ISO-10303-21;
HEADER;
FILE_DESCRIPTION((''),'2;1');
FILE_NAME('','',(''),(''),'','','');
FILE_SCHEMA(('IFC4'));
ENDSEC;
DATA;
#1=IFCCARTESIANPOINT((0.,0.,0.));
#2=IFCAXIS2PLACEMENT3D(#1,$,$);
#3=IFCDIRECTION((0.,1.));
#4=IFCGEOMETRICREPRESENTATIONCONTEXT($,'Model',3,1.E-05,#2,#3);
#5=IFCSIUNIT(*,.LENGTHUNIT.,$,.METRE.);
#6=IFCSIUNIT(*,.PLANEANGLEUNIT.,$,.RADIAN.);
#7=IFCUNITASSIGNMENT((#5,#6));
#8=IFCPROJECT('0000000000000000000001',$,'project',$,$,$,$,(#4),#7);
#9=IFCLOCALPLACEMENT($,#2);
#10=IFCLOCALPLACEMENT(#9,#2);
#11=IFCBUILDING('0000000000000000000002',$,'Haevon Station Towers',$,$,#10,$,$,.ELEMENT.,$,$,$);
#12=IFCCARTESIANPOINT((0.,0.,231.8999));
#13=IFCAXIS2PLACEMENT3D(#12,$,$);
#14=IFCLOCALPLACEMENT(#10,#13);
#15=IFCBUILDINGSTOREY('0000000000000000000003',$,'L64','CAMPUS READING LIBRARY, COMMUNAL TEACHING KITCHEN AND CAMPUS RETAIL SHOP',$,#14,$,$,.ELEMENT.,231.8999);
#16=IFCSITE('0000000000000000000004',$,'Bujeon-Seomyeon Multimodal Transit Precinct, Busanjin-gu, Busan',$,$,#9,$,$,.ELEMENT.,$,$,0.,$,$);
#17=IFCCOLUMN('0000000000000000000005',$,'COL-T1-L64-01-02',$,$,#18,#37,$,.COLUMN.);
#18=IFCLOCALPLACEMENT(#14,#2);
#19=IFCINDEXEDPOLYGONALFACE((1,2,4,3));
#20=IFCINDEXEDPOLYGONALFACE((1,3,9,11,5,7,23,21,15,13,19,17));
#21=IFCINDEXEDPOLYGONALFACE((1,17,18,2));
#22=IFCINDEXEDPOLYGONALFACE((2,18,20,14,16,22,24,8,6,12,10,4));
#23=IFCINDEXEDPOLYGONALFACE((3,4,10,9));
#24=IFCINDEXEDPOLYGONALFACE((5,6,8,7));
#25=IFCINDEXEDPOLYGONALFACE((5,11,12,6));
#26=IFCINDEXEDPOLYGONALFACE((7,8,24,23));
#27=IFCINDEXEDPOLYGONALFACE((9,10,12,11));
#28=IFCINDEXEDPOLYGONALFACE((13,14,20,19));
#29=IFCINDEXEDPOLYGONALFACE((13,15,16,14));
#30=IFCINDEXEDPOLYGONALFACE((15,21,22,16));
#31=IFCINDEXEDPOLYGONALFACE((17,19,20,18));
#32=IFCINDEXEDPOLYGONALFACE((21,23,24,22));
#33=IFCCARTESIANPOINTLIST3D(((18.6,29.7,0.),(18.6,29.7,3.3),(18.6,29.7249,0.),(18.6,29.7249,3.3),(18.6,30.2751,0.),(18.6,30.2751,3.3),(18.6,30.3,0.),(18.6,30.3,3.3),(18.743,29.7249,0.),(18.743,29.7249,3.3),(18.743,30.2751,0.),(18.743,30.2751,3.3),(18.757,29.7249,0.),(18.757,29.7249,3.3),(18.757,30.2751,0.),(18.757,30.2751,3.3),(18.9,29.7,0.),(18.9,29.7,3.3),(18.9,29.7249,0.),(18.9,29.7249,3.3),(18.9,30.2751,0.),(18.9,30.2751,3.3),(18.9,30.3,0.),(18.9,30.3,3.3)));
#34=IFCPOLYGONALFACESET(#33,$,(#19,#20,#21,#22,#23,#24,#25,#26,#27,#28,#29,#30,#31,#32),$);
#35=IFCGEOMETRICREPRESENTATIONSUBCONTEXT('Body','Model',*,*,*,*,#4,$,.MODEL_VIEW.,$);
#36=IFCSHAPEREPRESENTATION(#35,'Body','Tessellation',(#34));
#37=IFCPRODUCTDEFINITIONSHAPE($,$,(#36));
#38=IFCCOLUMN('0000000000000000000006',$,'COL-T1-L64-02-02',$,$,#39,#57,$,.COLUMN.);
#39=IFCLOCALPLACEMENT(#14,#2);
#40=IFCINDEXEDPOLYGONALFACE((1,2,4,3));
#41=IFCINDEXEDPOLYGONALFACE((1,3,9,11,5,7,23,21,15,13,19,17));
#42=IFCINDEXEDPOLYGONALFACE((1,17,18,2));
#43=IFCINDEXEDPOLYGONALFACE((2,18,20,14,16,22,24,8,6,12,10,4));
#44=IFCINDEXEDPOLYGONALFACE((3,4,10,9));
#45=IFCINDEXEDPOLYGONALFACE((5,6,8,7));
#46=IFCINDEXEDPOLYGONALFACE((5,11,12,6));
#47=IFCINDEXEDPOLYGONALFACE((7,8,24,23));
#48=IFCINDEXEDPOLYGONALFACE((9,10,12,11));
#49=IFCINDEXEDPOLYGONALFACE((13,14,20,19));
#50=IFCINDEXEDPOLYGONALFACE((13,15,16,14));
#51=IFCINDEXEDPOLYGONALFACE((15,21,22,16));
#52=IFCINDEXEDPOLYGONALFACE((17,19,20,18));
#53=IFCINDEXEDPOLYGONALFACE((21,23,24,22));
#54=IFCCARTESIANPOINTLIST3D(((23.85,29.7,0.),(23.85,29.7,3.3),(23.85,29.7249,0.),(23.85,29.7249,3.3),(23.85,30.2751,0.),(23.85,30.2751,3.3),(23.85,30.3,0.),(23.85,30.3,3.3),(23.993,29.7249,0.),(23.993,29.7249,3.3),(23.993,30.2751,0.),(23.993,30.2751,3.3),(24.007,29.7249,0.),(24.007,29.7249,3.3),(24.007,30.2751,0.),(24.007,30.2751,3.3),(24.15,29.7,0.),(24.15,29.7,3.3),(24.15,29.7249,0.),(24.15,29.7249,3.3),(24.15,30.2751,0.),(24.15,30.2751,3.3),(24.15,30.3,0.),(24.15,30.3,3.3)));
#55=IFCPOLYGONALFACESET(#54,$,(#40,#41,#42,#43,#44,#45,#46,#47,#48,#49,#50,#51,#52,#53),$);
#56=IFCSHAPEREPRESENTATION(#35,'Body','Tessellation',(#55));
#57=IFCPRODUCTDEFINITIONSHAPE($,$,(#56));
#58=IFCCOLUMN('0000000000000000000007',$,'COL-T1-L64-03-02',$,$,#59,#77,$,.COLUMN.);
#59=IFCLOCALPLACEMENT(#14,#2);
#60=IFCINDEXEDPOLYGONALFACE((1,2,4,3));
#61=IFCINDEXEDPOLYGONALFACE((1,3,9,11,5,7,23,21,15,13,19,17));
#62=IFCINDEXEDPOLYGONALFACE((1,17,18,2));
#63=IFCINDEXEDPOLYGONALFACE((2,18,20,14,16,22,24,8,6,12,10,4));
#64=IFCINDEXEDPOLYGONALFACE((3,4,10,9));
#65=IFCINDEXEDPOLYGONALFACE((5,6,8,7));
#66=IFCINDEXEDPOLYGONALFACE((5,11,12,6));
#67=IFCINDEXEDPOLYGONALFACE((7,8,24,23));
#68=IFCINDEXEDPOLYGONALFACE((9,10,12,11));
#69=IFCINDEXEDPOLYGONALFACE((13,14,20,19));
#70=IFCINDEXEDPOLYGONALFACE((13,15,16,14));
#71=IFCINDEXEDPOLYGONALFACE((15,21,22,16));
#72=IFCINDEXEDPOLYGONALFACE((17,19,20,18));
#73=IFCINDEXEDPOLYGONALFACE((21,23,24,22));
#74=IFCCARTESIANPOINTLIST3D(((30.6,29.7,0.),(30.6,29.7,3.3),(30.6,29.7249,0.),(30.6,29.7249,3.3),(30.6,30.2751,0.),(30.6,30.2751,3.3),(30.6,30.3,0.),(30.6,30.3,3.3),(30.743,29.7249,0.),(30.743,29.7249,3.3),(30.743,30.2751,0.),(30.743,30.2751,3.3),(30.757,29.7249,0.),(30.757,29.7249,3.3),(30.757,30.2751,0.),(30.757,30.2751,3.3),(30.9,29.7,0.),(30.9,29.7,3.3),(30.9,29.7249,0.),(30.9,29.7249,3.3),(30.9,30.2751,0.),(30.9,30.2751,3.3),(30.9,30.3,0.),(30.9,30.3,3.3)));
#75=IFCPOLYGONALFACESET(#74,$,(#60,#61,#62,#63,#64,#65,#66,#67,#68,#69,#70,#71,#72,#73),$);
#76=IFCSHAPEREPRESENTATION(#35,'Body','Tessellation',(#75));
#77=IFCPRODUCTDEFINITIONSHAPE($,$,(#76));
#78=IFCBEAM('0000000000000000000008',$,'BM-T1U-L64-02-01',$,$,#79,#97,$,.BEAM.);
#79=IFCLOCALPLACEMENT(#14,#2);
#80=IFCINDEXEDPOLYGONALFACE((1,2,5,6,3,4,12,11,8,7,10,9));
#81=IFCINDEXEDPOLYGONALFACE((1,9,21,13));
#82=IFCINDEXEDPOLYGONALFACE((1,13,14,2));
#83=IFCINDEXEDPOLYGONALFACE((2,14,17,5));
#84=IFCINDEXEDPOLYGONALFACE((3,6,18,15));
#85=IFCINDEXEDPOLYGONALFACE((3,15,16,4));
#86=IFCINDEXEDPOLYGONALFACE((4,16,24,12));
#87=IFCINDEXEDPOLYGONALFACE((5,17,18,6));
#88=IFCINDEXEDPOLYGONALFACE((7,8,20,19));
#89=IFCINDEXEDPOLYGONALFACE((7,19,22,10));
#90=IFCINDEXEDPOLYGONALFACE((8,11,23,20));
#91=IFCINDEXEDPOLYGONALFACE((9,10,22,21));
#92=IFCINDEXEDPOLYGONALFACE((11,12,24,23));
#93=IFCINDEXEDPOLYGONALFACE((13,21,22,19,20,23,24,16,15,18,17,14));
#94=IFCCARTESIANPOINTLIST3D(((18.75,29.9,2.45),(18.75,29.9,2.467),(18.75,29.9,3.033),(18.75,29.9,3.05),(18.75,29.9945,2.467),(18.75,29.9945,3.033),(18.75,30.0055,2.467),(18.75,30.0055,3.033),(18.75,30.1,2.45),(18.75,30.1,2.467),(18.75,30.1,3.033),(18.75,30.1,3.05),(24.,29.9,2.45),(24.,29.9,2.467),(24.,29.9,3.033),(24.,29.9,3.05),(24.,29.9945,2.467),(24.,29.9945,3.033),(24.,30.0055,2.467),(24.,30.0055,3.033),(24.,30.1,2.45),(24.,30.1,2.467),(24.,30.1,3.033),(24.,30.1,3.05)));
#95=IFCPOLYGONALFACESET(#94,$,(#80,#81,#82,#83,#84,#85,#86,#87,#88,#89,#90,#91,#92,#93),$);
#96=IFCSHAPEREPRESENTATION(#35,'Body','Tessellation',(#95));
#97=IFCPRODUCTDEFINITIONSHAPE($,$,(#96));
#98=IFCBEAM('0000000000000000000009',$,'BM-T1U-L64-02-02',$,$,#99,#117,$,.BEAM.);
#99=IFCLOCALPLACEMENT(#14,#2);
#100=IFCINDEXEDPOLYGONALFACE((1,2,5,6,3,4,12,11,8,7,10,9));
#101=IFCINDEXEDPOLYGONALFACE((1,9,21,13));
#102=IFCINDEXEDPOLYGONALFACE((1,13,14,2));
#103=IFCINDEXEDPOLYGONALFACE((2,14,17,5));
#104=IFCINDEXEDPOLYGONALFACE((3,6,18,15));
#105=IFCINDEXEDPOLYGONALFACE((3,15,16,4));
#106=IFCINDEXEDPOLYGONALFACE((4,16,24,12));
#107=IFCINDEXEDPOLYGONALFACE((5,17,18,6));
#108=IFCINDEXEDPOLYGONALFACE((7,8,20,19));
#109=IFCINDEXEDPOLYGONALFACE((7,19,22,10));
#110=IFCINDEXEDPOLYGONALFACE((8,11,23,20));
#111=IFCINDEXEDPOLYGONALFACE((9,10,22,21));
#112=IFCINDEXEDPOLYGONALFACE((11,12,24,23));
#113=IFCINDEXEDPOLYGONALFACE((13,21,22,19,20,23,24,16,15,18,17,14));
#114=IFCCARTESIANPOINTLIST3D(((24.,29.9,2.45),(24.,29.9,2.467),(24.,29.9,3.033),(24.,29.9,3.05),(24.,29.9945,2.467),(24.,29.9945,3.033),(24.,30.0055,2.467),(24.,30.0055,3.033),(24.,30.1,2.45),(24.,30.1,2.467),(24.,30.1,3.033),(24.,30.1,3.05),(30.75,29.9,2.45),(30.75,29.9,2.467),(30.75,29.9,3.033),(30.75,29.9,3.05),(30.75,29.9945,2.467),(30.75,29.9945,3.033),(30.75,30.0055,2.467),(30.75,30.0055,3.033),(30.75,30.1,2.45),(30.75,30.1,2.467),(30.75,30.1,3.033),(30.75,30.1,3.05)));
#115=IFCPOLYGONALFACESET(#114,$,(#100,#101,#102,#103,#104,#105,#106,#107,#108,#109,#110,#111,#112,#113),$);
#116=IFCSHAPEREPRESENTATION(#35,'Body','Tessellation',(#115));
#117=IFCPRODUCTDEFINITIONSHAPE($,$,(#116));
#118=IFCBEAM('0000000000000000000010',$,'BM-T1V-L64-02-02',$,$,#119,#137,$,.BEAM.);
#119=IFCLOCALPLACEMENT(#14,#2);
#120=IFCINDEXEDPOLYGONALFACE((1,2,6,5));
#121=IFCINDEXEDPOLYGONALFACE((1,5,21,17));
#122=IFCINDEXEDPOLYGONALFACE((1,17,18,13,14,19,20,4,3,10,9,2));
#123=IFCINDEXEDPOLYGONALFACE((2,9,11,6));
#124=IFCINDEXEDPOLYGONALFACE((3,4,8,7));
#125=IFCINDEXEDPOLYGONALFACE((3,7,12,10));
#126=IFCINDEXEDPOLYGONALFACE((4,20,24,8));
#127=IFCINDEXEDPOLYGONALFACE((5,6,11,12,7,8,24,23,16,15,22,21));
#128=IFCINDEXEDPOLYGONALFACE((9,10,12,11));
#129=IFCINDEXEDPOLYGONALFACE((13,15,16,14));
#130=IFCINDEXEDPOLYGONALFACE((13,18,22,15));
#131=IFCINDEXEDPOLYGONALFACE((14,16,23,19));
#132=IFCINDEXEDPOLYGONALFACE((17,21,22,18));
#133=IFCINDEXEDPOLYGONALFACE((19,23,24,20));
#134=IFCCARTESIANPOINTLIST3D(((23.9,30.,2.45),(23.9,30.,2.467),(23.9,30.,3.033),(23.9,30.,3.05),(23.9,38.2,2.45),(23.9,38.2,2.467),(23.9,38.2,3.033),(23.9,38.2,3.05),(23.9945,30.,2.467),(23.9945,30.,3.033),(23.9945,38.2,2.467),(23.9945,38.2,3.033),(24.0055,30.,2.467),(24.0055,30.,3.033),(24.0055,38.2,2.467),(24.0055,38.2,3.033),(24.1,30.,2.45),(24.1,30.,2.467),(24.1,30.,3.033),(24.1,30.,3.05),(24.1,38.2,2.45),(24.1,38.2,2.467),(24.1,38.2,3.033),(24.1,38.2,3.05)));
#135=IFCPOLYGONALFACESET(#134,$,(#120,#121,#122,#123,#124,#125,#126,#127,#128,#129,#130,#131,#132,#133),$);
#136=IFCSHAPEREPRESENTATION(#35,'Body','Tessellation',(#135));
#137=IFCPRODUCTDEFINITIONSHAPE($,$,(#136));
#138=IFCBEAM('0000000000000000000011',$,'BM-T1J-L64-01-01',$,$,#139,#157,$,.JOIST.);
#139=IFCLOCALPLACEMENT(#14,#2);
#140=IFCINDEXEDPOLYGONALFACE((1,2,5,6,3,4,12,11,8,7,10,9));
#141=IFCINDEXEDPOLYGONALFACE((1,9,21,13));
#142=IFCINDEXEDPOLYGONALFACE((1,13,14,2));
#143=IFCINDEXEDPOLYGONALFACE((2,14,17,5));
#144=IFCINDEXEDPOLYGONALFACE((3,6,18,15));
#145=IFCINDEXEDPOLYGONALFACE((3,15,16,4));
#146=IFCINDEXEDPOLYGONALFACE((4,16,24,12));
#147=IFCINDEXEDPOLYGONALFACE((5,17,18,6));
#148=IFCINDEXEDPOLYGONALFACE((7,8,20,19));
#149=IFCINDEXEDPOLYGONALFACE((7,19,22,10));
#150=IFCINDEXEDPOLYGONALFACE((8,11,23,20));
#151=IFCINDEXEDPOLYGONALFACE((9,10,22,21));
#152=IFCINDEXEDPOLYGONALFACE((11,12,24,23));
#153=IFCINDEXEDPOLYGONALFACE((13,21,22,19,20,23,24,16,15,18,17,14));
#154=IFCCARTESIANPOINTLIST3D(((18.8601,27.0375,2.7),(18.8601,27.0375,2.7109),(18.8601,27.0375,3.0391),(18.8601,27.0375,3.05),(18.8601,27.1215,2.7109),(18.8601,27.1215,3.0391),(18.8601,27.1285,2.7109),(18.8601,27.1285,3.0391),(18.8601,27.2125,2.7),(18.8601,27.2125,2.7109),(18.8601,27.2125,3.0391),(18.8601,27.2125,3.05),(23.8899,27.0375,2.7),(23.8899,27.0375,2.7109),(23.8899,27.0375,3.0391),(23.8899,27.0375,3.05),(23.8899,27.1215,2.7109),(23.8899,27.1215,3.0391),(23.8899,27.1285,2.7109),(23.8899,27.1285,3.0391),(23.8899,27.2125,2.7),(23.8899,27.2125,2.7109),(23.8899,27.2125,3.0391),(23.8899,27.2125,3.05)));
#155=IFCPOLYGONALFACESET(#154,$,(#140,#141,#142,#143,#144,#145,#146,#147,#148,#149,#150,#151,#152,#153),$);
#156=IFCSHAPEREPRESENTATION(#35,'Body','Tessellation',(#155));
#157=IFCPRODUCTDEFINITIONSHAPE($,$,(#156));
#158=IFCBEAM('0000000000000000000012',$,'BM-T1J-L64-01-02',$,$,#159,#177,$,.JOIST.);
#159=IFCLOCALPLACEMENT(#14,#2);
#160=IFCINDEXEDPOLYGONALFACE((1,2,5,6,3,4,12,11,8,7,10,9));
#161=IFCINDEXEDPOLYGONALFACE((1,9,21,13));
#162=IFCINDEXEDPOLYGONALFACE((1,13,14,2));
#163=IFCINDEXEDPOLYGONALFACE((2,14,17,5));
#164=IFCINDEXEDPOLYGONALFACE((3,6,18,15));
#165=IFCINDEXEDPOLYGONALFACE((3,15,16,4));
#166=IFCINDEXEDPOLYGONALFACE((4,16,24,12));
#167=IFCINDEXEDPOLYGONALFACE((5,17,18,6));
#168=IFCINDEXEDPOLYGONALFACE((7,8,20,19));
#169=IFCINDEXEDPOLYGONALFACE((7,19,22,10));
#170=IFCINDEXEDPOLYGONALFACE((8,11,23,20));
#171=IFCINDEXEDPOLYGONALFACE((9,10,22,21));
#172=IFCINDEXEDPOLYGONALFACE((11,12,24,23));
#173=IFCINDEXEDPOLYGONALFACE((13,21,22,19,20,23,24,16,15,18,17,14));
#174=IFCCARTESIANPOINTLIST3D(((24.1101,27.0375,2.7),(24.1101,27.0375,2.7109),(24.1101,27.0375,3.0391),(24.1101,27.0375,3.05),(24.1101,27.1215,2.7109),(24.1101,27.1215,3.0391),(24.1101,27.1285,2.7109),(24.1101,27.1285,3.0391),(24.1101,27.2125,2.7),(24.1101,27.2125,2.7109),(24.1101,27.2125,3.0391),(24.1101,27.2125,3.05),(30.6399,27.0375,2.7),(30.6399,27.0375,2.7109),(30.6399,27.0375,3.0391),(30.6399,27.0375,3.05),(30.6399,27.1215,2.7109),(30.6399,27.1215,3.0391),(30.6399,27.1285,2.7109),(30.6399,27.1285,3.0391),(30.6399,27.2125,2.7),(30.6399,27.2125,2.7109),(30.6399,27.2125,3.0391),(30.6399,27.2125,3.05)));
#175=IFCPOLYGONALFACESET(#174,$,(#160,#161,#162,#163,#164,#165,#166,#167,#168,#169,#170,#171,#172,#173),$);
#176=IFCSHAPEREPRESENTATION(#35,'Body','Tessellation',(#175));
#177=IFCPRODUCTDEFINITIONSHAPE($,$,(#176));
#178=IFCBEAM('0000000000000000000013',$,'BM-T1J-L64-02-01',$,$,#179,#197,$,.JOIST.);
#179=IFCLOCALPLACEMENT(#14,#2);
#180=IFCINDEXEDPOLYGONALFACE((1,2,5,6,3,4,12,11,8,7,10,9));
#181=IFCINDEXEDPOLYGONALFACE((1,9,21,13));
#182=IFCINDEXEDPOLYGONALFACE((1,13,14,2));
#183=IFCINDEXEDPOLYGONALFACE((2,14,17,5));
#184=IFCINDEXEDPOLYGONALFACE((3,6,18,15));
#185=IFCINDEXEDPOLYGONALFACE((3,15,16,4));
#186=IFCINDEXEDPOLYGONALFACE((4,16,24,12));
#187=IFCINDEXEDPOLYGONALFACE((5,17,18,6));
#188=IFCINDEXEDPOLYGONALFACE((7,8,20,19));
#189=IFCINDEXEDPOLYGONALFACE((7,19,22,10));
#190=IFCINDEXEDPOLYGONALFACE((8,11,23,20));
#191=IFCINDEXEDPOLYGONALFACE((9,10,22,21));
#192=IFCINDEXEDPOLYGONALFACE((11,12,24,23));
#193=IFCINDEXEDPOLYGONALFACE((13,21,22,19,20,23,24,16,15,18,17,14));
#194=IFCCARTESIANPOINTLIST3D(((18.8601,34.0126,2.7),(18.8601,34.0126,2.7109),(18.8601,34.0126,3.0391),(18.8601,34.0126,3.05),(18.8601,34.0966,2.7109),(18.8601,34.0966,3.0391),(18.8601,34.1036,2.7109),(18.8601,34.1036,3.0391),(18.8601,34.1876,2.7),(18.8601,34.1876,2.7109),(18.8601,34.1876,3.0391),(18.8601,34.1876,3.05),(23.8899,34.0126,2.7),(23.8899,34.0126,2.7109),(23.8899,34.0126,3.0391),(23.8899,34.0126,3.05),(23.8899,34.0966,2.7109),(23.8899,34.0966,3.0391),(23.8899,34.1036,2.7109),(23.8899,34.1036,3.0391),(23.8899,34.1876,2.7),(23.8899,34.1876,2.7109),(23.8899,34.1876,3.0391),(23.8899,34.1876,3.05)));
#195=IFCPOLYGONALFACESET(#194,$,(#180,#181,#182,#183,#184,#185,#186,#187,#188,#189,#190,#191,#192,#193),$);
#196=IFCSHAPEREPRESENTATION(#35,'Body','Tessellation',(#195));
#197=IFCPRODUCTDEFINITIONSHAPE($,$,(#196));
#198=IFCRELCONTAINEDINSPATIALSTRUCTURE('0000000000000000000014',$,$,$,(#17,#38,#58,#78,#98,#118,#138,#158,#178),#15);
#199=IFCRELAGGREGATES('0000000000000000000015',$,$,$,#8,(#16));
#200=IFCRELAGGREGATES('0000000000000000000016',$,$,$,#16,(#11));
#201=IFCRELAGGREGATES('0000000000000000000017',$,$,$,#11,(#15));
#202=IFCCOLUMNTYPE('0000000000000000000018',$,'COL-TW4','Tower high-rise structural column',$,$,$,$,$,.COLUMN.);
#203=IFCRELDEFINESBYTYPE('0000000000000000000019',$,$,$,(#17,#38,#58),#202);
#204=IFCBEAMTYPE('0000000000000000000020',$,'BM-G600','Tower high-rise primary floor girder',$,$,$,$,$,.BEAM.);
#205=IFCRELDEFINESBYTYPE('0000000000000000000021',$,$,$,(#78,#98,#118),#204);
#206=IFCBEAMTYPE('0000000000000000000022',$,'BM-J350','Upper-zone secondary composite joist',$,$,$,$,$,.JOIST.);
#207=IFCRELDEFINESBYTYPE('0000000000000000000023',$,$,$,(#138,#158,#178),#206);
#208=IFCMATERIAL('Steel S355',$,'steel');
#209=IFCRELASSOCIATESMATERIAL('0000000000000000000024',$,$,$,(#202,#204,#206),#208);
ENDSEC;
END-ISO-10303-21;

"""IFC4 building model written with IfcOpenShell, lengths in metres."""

from ifc_helpers import new_model, si_unit, direction, frame, origin, origin_2d, place, context, subcontext, project, spatial, i_section, extrude, material, material_profile, profile_set, type_object, element, save


model = new_model("IFC4")

# Units and contexts
model_context = context("Model", 3, precision=1e-05, world=origin(), true_north=direction((0.0, 1.0)))
body_context = subcontext(model_context, "Body", "Model", "MODEL_VIEW")
ifc_project = project(units=[si_unit("LENGTHUNIT", "METRE"), si_unit("PLANEANGLEUNIT", "RADIAN")], contexts=[model_context])

# Site, building, storey
site_placement = place(None, origin())
site = spatial("IfcSite", under=ifc_project, at=site_placement, Name="Bujeon-Seomyeon Multimodal Transit Precinct, Busanjin-gu, Busan", CompositionType="ELEMENT", RefElevation=0.0)
building_placement = place(site_placement, origin())
building = spatial("IfcBuilding", under=site, at=building_placement, Name="Haevon Station Towers", CompositionType="ELEMENT")
storey_placement = place(building_placement, frame((0.0, 0.0, 231.8999)))
storey = spatial("IfcBuildingStorey", under=building, at=storey_placement, Name="L64", Description="CAMPUS READING LIBRARY, COMMUNAL TEACHING KITCHEN AND CAMPUS RETAIL SHOP", CompositionType="ELEMENT", Elevation=231.8999)

# Columns
ifc_material_1 = material(Name="Steel S355", Category="steel")
ifc_material_profile_1 = material_profile(ifc_material_1, i_section(OverallWidth=0.3, OverallDepth=0.6001, WebThickness=0.0139, FlangeThickness=0.0249, at=origin_2d()), Name="H-600x300x14x25")
ifc_profile_set_1 = profile_set([ifc_material_profile_1], Name="Steel S355")
column_type = type_object("IfcColumnType", Name="COL-TW4", Description="Tower high-rise structural column", PredefinedType="COLUMN", material=ifc_profile_set_1)
for number, where, z_axis, x_axis, name in (
    (1, (18.75, 30.0, 0.0), (0.0, 0.0, 1.0), (1.0, 0.0, 0.0), "COL-T1-L64-01-02"),
    (2, (24.0, 30.0, 0.0), (0.0, 0.0, 1.0), (1.0, 0.0, 0.0), "COL-T1-L64-02-02"),
    (3, (30.75, 30.0, 0.0), (0.0, 0.0, 1.0), (1.0, 0.0, 0.0), "COL-T1-L64-03-02"),
):
    element("IfcColumn", number, at=place(storey_placement, frame(where, z_axis=z_axis, x_axis=x_axis)), inside=storey, type_object=column_type, Name=name, PredefinedType="COLUMN", context=body_context, shape_type="SweptSolid", body=[
        extrude(i_section(OverallWidth=0.3, OverallDepth=0.6001, WebThickness=0.0139, FlangeThickness=0.0249, at=origin_2d()), origin(), (0.0, 0.0, 1.0), 3.3),
    ])

# Beams
ifc_material_profile_2 = material_profile(ifc_material_1, i_section(OverallWidth=0.2, OverallDepth=0.6001, WebThickness=0.011, FlangeThickness=0.0171, at=origin_2d()), Name="H-600x200x11x17")
ifc_profile_set_2 = profile_set([ifc_material_profile_2], Name="Steel S355")
beam_type_1 = type_object("IfcBeamType", Name="BM-G600", Description="Tower high-rise primary floor girder", PredefinedType="BEAM", material=ifc_profile_set_2)
beam_1_placement = place(storey_placement, frame((18.75, 30.0, 2.75), z_axis=(1.0, 0.0, 0.0), x_axis=(0.0, 1.0, 0.0)))
element("IfcBeam", 4, at=beam_1_placement, inside=storey, type_object=beam_type_1, Name="BM-T1U-L64-02-01", PredefinedType="BEAM", context=body_context, shape_type="SweptSolid", body=[
    extrude(i_section(OverallWidth=0.2, OverallDepth=0.6001, WebThickness=0.011, FlangeThickness=0.0171, at=origin_2d()), origin(), (0.0, 0.0, 1.0), 5.25),
])
beam_2_placement = place(storey_placement, frame((24.0, 30.0, 2.75), z_axis=(1.0, 0.0, 0.0), x_axis=(0.0, 1.0, 0.0)))
element("IfcBeam", 5, at=beam_2_placement, inside=storey, type_object=beam_type_1, Name="BM-T1U-L64-02-02", PredefinedType="BEAM", context=body_context, shape_type="SweptSolid", body=[
    extrude(i_section(OverallWidth=0.2, OverallDepth=0.6001, WebThickness=0.011, FlangeThickness=0.0171, at=origin_2d()), origin(), (0.0, 0.0, 1.0), 6.75),
])
beam_3_placement = place(storey_placement, frame((24.0, 30.0, 2.75), z_axis=(0.0, 1.0, 0.0), x_axis=(-1.0, 0.0, 0.0)))
element("IfcBeam", 6, at=beam_3_placement, inside=storey, type_object=beam_type_1, Name="BM-T1V-L64-02-02", PredefinedType="BEAM", context=body_context, shape_type="SweptSolid", body=[
    extrude(i_section(OverallWidth=0.2, OverallDepth=0.6001, WebThickness=0.011, FlangeThickness=0.0171, at=origin_2d()), origin(), (0.0, 0.0, 1.0), 8.2),
])
ifc_material_profile_3 = material_profile(ifc_material_1, i_section(OverallWidth=0.175, OverallDepth=0.3501, WebThickness=0.0071, FlangeThickness=0.011, at=origin_2d()), Name="H-350x175x7x11")
ifc_profile_set_3 = profile_set([ifc_material_profile_3], Name="Steel S355")
beam_type_2 = type_object("IfcBeamType", Name="BM-J350", Description="Upper-zone secondary composite joist", PredefinedType="JOIST", material=ifc_profile_set_3)
beam_4_placement = place(storey_placement, frame((18.8601, 27.125, 2.875), z_axis=(1.0, 0.0, 0.0), x_axis=(0.0, 1.0, 0.0)))
element("IfcBeam", 7, at=beam_4_placement, inside=storey, type_object=beam_type_2, Name="BM-T1J-L64-01-01", PredefinedType="JOIST", context=body_context, shape_type="SweptSolid", body=[
    extrude(i_section(OverallWidth=0.175, OverallDepth=0.3501, WebThickness=0.0071, FlangeThickness=0.011, at=origin_2d()), origin(), (0.0, 0.0, 1.0), 5.0298),
])
beam_5_placement = place(storey_placement, frame((24.1101, 27.125, 2.875), z_axis=(1.0, 0.0, 0.0), x_axis=(0.0, 1.0, 0.0)))
element("IfcBeam", 8, at=beam_5_placement, inside=storey, type_object=beam_type_2, Name="BM-T1J-L64-01-02", PredefinedType="JOIST", context=body_context, shape_type="SweptSolid", body=[
    extrude(i_section(OverallWidth=0.175, OverallDepth=0.3501, WebThickness=0.0071, FlangeThickness=0.011, at=origin_2d()), origin(), (0.0, 0.0, 1.0), 6.5298),
])
beam_6_placement = place(storey_placement, frame((18.8601, 34.1001, 2.875), z_axis=(1.0, 0.0, 0.0), x_axis=(0.0, 1.0, 0.0)))
element("IfcBeam", 9, at=beam_6_placement, inside=storey, type_object=beam_type_2, Name="BM-T1J-L64-02-01", PredefinedType="JOIST", context=body_context, shape_type="SweptSolid", body=[
    extrude(i_section(OverallWidth=0.175, OverallDepth=0.3501, WebThickness=0.0071, FlangeThickness=0.011, at=origin_2d()), origin(), (0.0, 0.0, 1.0), 5.0298),
])

save(model, "model.ifc")
